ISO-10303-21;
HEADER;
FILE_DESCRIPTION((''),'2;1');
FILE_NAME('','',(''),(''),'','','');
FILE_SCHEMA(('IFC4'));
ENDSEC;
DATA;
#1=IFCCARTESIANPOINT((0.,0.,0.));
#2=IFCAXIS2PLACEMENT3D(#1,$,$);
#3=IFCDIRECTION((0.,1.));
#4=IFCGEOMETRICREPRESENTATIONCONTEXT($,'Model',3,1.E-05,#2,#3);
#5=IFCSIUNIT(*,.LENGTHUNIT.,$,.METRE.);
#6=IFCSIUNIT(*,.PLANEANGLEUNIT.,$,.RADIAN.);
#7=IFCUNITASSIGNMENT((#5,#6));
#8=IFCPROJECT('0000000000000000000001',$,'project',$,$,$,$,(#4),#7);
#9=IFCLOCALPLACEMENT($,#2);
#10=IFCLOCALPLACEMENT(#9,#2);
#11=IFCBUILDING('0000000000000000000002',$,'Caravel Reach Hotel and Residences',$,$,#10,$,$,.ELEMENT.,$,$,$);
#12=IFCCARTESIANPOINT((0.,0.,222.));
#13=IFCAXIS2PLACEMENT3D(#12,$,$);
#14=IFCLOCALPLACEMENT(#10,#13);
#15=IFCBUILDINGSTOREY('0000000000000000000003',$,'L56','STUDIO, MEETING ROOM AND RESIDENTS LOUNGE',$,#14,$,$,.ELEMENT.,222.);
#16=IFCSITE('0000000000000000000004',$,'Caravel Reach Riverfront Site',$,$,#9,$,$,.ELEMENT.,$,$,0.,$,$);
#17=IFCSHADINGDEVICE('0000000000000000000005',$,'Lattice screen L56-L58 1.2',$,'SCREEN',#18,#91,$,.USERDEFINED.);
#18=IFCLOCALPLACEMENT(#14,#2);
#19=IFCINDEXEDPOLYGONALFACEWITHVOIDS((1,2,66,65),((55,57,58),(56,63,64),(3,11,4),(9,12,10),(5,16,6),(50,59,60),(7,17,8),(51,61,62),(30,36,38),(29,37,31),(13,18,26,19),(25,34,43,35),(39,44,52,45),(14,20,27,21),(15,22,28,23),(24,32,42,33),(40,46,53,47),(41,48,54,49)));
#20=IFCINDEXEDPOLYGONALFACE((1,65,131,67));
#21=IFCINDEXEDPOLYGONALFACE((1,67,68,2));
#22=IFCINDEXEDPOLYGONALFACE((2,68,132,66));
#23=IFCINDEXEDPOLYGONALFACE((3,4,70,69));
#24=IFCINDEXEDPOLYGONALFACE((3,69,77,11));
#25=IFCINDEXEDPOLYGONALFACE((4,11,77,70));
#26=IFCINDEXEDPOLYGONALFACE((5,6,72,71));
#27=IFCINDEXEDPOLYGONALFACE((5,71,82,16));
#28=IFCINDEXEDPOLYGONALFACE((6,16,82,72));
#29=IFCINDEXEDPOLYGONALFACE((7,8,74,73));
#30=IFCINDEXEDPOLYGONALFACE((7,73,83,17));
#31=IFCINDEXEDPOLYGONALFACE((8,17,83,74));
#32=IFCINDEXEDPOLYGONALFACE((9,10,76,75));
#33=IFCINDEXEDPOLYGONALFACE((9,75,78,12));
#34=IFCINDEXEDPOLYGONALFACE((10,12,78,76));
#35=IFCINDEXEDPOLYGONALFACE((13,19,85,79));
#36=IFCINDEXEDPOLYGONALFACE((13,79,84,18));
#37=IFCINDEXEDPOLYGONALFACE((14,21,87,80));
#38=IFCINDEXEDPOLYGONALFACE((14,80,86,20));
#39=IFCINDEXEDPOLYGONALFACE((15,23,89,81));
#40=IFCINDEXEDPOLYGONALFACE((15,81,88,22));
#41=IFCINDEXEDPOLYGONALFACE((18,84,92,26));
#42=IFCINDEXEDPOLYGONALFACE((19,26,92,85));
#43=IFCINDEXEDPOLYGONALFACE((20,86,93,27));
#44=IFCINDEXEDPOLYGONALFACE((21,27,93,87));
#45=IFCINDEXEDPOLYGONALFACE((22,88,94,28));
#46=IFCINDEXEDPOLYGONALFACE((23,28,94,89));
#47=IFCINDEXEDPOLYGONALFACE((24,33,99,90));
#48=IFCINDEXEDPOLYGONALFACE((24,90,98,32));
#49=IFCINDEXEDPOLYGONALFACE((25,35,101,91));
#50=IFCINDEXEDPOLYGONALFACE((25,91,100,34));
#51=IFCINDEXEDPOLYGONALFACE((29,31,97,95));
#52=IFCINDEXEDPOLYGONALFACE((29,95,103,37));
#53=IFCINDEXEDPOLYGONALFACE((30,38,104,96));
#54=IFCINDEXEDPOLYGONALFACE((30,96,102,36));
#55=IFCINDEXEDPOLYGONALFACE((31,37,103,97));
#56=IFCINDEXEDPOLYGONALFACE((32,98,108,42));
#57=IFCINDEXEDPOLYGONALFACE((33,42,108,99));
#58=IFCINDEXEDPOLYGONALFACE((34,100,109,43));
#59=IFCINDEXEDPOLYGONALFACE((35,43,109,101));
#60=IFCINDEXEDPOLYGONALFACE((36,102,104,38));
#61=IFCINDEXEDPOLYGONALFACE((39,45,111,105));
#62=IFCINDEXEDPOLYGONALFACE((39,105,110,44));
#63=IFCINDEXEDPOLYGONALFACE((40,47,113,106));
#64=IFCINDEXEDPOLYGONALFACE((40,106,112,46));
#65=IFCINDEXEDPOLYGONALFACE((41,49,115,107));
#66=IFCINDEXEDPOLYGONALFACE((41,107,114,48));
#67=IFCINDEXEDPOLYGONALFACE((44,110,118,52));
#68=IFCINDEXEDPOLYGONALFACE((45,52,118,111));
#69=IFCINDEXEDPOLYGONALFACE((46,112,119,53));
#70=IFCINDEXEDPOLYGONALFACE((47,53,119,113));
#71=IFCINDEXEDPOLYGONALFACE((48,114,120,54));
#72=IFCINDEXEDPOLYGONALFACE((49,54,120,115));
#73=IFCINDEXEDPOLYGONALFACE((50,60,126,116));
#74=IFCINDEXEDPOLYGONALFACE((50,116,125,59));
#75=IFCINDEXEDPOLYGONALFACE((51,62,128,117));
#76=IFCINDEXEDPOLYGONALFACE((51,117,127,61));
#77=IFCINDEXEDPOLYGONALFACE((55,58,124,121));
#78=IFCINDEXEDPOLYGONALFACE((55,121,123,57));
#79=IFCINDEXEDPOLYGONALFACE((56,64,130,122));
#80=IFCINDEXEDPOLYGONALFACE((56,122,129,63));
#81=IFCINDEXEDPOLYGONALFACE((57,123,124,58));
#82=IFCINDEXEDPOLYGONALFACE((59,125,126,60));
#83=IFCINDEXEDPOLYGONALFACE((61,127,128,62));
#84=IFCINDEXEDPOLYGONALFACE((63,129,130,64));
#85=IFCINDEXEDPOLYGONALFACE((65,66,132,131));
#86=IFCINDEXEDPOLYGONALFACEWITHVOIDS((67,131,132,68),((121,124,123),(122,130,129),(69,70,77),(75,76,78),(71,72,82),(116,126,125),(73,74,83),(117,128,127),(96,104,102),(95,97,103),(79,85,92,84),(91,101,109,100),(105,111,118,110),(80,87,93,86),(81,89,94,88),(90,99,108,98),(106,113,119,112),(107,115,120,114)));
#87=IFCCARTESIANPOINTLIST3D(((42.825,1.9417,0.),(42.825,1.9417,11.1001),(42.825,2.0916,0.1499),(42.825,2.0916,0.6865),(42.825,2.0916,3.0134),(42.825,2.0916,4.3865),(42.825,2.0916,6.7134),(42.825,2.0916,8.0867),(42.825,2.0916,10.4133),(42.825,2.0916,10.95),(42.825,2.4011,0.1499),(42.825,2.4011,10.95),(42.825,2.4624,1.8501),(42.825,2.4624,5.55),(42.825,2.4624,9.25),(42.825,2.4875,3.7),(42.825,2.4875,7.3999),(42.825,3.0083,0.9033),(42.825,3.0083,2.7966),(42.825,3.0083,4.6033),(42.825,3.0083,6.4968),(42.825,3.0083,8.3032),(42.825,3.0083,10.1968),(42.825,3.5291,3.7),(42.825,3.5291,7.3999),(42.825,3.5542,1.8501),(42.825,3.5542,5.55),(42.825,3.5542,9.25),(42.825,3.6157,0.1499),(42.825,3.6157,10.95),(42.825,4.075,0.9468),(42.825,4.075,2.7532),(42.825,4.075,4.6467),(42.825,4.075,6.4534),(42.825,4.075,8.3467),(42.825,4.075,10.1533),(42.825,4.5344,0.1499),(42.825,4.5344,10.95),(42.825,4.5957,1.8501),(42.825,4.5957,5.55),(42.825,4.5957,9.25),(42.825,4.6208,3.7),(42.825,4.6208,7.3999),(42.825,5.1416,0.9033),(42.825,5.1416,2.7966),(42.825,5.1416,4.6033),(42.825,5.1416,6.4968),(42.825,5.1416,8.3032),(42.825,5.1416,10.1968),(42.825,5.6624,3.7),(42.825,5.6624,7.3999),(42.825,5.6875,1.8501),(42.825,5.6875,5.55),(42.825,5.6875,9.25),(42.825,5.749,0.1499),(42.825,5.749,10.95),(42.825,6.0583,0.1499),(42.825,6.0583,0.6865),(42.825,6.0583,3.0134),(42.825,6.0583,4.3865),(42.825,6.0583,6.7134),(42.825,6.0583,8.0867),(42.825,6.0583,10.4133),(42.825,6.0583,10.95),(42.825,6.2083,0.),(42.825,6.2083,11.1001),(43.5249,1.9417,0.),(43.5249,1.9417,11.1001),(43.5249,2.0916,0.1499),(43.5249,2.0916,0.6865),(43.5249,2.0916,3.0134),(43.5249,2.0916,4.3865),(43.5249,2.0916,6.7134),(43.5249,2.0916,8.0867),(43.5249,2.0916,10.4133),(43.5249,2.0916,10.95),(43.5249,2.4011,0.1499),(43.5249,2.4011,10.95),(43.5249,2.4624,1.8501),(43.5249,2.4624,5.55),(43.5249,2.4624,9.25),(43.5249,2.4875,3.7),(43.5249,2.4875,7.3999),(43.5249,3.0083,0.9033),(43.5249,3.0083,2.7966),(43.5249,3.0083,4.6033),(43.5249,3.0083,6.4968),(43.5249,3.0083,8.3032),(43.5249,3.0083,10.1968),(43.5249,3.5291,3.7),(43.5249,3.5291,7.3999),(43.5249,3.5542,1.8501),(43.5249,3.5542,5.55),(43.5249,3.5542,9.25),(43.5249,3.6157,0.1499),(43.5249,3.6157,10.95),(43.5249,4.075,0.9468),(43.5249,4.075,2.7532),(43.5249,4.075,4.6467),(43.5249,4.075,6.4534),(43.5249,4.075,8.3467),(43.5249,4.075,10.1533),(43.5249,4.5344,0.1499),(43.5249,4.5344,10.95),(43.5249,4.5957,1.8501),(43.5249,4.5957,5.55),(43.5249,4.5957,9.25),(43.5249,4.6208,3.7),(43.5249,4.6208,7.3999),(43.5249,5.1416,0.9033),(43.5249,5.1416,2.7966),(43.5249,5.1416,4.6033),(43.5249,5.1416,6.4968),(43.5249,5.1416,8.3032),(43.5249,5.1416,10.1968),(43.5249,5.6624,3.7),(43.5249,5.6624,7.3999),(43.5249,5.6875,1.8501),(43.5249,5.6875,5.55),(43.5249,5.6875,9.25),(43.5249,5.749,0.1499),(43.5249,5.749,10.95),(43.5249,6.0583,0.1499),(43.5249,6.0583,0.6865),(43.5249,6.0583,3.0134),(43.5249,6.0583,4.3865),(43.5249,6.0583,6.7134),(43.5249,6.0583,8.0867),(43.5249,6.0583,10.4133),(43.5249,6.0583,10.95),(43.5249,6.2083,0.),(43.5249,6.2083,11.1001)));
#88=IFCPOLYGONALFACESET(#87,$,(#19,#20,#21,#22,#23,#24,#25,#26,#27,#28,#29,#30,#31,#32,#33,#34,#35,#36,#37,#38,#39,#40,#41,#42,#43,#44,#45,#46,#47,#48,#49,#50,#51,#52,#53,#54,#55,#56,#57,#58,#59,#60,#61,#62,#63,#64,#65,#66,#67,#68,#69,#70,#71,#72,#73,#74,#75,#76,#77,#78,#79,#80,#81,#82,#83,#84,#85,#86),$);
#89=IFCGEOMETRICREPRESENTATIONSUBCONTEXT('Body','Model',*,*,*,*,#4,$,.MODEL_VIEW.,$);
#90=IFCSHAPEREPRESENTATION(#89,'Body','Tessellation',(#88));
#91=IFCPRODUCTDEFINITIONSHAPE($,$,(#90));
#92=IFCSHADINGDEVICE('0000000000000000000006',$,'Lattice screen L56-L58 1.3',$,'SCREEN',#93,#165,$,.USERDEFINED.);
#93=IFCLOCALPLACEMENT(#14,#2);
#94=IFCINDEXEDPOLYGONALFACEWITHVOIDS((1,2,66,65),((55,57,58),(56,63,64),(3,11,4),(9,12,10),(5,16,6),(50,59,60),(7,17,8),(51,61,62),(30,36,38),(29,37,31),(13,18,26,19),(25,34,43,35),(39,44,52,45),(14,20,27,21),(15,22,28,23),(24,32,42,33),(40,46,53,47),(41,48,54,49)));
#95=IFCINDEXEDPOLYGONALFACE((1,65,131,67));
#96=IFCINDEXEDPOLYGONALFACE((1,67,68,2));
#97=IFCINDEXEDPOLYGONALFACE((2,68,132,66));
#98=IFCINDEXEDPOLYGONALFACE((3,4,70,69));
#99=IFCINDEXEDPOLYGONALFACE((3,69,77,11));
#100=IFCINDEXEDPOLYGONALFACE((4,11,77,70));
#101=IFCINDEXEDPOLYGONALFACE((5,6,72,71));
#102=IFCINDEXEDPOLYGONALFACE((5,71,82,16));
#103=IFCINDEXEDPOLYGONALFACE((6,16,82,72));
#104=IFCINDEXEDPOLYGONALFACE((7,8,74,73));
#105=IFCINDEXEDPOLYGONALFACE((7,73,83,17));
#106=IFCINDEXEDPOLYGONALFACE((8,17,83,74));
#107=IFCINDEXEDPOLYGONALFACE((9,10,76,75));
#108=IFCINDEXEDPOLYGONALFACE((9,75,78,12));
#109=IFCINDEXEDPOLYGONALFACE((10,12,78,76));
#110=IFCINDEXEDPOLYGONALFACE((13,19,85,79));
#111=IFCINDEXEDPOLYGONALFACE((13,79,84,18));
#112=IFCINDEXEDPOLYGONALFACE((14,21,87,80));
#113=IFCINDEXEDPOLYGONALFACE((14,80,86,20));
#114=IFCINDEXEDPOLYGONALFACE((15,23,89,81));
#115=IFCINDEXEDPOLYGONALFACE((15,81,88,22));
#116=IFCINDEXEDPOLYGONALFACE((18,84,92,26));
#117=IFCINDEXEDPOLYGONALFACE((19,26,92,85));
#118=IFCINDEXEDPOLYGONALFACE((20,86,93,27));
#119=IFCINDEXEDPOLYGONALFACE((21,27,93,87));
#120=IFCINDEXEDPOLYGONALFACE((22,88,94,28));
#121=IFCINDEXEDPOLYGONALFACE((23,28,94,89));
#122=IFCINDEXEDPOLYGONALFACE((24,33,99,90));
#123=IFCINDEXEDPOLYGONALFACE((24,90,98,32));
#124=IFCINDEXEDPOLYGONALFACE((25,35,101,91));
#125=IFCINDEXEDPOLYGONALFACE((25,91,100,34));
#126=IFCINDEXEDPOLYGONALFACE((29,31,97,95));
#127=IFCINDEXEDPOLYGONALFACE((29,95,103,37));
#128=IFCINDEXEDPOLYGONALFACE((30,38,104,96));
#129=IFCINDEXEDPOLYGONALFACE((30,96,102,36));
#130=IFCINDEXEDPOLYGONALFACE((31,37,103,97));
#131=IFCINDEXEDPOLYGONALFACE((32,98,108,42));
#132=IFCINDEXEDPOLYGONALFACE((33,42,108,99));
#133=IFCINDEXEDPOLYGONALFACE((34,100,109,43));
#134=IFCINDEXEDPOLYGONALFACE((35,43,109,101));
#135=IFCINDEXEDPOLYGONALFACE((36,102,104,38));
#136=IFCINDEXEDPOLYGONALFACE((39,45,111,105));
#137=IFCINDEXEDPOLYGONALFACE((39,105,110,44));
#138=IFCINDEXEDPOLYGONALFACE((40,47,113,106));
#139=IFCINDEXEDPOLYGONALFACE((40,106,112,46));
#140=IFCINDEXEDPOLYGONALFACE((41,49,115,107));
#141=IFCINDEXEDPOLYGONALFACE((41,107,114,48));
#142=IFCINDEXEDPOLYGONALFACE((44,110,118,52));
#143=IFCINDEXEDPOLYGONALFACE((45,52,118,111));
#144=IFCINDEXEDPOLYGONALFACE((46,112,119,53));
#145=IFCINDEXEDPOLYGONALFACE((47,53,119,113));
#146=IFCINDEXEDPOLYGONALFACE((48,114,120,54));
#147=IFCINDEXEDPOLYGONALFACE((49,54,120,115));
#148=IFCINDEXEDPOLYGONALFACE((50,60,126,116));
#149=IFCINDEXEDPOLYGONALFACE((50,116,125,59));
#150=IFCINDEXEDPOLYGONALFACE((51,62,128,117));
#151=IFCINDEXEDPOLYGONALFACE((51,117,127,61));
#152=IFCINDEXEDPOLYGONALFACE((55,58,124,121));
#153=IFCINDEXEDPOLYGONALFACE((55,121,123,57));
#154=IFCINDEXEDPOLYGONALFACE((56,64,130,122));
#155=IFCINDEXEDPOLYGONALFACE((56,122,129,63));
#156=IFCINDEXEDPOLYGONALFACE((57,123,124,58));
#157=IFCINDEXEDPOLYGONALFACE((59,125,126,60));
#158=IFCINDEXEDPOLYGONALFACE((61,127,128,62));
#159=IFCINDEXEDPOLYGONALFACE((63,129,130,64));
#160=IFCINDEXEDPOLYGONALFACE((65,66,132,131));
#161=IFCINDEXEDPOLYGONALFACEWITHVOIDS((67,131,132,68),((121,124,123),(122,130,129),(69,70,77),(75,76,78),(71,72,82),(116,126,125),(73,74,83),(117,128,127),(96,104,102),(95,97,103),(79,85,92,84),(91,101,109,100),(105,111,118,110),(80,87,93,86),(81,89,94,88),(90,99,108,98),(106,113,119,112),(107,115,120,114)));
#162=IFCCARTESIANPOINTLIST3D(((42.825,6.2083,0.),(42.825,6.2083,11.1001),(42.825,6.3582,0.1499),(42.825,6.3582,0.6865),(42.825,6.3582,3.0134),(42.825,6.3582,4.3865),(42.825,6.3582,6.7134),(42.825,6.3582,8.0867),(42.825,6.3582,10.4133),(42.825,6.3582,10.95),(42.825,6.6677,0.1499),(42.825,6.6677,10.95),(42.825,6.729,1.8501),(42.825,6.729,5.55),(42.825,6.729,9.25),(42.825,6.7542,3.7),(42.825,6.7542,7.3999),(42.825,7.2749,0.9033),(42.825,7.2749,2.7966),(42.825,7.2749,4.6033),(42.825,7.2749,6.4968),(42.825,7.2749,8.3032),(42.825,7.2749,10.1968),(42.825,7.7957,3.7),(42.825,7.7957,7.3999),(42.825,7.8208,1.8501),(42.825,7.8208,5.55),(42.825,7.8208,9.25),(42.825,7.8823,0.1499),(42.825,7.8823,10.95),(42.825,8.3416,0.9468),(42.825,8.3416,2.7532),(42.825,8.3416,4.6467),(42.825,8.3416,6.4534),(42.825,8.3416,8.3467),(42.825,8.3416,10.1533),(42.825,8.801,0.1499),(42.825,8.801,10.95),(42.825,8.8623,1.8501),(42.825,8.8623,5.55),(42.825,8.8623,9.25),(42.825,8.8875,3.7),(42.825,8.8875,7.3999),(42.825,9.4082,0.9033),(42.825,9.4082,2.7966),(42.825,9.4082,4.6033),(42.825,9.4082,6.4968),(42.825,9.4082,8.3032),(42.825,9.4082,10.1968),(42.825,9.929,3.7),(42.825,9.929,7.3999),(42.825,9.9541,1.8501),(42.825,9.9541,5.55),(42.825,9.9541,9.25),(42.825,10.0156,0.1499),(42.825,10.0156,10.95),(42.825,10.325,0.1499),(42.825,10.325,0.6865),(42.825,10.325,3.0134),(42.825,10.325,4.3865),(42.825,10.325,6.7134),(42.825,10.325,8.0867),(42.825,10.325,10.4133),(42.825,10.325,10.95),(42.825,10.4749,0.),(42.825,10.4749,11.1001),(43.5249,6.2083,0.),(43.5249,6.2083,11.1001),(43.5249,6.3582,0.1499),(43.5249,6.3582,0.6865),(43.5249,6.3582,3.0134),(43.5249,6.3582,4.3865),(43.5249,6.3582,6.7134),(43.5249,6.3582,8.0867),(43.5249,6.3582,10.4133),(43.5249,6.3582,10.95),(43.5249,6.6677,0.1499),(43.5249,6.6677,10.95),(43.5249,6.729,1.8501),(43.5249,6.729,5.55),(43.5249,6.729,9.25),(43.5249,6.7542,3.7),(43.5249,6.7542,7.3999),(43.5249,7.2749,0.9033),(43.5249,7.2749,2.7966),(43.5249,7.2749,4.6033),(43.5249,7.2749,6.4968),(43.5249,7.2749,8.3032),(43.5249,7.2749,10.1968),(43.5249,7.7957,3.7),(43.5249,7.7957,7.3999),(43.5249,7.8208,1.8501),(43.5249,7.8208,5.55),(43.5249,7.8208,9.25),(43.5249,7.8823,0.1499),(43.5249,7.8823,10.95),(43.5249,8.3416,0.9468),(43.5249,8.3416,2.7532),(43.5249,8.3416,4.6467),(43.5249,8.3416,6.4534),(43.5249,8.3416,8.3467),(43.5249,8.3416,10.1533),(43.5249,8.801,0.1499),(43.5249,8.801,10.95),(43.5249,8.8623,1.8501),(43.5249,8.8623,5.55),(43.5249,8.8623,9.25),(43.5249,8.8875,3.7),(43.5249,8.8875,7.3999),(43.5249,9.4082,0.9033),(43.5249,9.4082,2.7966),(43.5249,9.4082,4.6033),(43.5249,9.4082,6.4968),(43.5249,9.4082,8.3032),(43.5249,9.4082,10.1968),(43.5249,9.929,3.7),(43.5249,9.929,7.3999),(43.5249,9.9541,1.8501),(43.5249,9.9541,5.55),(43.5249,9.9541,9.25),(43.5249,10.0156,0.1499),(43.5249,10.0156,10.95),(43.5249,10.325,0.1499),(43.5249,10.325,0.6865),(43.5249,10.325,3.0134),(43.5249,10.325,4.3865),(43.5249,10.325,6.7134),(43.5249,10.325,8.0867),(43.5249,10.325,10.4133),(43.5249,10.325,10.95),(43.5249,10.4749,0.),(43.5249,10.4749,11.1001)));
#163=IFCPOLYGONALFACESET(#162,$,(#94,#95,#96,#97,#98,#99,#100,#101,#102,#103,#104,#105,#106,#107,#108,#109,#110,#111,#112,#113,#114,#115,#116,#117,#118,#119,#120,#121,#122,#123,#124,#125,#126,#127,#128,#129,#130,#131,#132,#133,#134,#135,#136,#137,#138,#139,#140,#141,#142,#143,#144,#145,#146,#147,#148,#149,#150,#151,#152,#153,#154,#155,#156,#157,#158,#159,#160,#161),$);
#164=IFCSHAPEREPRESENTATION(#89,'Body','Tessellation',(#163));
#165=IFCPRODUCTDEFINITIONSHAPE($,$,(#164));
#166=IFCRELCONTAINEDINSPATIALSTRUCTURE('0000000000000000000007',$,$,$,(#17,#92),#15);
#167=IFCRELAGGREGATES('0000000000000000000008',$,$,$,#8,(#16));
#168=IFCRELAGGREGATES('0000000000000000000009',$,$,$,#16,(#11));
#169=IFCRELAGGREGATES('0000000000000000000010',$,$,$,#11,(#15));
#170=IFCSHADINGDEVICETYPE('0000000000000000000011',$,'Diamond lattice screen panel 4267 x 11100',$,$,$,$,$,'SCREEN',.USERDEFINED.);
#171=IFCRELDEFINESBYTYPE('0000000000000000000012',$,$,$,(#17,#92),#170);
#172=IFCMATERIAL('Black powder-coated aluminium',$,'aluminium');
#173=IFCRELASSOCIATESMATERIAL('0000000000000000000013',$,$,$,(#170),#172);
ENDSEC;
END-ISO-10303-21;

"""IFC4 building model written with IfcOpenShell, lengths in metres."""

from ifc_helpers import new_model, si_unit, direction, frame, origin, place, context, subcontext, project, spatial, polyline, outline, extrude, material, type_object, element, save


model = new_model("IFC4")

# Units and contexts
model_context = context("Model", 3, precision=1e-05, world=origin(), true_north=direction((0.0, 1.0)))
body_context = subcontext(model_context, "Body", "Model", "MODEL_VIEW")
ifc_project = project(units=[si_unit("LENGTHUNIT", "METRE"), si_unit("PLANEANGLEUNIT", "RADIAN")], contexts=[model_context])

# Site, building, storey
site_placement = place(None, origin())
site = spatial("IfcSite", under=ifc_project, at=site_placement, Name="Caravel Reach Riverfront Site", CompositionType="ELEMENT", RefElevation=0.0)
building_placement = place(site_placement, origin())
building = spatial("IfcBuilding", under=site, at=building_placement, Name="Caravel Reach Hotel and Residences", CompositionType="ELEMENT")
storey_placement = place(building_placement, frame((0.0, 0.0, 222.0)))
storey = spatial("IfcBuildingStorey", under=building, at=storey_placement, Name="L56", Description="STUDIO, MEETING ROOM AND RESIDENTS LOUNGE", CompositionType="ELEMENT", Elevation=222.0)

# Shading devices
ifc_material_1 = material(Name="Black powder-coated aluminium", Category="aluminium")
shading_device_type_1 = type_object("IfcShadingDeviceType", Name="Diamond lattice screen panel 4267 x 11100", ElementType="SCREEN", PredefinedType="USERDEFINED", material=ifc_material_1)
shading_device_1_placement = place(storey_placement, frame((42.825, 1.9417, 0.0), z_axis=(1.0, 0.0, 0.0), x_axis=(0.0, 1.0, 0.0)))
element("IfcShadingDevice", 1, at=shading_device_1_placement, inside=storey, type_object=shading_device_type_1, Name="Lattice screen L56-L58 1.2", ObjectType="SCREEN", PredefinedType="USERDEFINED", context=body_context, shape_type="SweptSolid", body=[
    extrude(outline(polyline([(0.0, 0.0), (4.2666, 0.0), (4.2666, 11.1001), (0.0, 11.1001), (0.0, 0.0)]), holes=[polyline([(0.4595, 0.1499), (0.1499, 0.6865), (0.1499, 0.1499), (0.4595, 0.1499)]), polyline([(0.5459, 3.7), (0.1499, 4.3865), (0.1499, 3.0134), (0.5459, 3.7)]), polyline([(0.5459, 7.3999), (0.1499, 8.0867), (0.1499, 6.7134), (0.5459, 7.3999)]), polyline([(0.1499, 10.4133), (0.4595, 10.95), (0.1499, 10.95), (0.1499, 10.4133)]), polyline([(1.0667, 2.7966), (0.5208, 1.8501), (1.0667, 0.9033), (1.6125, 1.8501), (1.0667, 2.7966)]), polyline([(1.0667, 6.4968), (0.5208, 5.55), (1.0667, 4.6033), (1.6125, 5.55), (1.0667, 6.4968)]), polyline([(1.0667, 10.1968), (0.5208, 9.25), (1.0667, 8.3032), (1.6125, 9.25), (1.0667, 10.1968)]), polyline([(2.1333, 0.9468), (1.6741, 0.1499), (2.5928, 0.1499), (2.1333, 0.9468)]), polyline([(2.1333, 4.6467), (1.5874, 3.7), (2.1333, 2.7532), (2.6792, 3.7), (2.1333, 4.6467)]), polyline([(2.1333, 8.3467), (1.5874, 7.3999), (2.1333, 6.4534), (2.6792, 7.3999), (2.1333, 8.3467)]), polyline([(2.1333, 10.1533), (2.5928, 10.95), (1.6741, 10.95), (2.1333, 10.1533)]), polyline([(3.2, 2.7966), (2.6541, 1.8501), (3.2, 0.9033), (3.7458, 1.8501), (3.2, 2.7966)]), polyline([(3.2, 6.4968), (2.6541, 5.55), (3.2, 4.6033), (3.7458, 5.55), (3.2, 6.4968)]), polyline([(3.2, 10.1968), (2.6541, 9.25), (3.2, 8.3032), (3.7458, 9.25), (3.2, 10.1968)]), polyline([(4.1167, 0.6865), (3.8074, 0.1499), (4.1167, 0.1499), (4.1167, 0.6865)]), polyline([(3.7207, 3.7), (4.1167, 3.0134), (4.1167, 4.3865), (3.7207, 3.7)]), polyline([(3.7207, 7.3999), (4.1167, 6.7134), (4.1167, 8.0867), (3.7207, 7.3999)]), polyline([(3.8074, 10.95), (4.1167, 10.4133), (4.1167, 10.95), (3.8074, 10.95)])]), origin(), (0.0, 0.0, 1.0), 0.7),
])
shading_device_2_placement = place(storey_placement, frame((42.825, 6.2083, 0.0), z_axis=(1.0, 0.0, 0.0), x_axis=(0.0, 1.0, 0.0)))
element("IfcShadingDevice", 2, at=shading_device_2_placement, inside=storey, type_object=shading_device_type_1, Name="Lattice screen L56-L58 1.3", ObjectType="SCREEN", PredefinedType="USERDEFINED", context=body_context, shape_type="SweptSolid", body=[
    extrude(outline(polyline([(0.0, 0.0), (4.2666, 0.0), (4.2666, 11.1001), (0.0, 11.1001), (0.0, 0.0)]), holes=[polyline([(0.4595, 0.1499), (0.1499, 0.6865), (0.1499, 0.1499), (0.4595, 0.1499)]), polyline([(0.5459, 3.7), (0.1499, 4.3865), (0.1499, 3.0134), (0.5459, 3.7)]), polyline([(0.5459, 7.3999), (0.1499, 8.0867), (0.1499, 6.7134), (0.5459, 7.3999)]), polyline([(0.1499, 10.4133), (0.4595, 10.95), (0.1499, 10.95), (0.1499, 10.4133)]), polyline([(1.0667, 2.7966), (0.5208, 1.8501), (1.0667, 0.9033), (1.6125, 1.8501), (1.0667, 2.7966)]), polyline([(1.0667, 6.4968), (0.5208, 5.55), (1.0667, 4.6033), (1.6125, 5.55), (1.0667, 6.4968)]), polyline([(1.0667, 10.1968), (0.5208, 9.25), (1.0667, 8.3032), (1.6125, 9.25), (1.0667, 10.1968)]), polyline([(2.1333, 0.9468), (1.6741, 0.1499), (2.5928, 0.1499), (2.1333, 0.9468)]), polyline([(2.1333, 4.6467), (1.5874, 3.7), (2.1333, 2.7532), (2.6792, 3.7), (2.1333, 4.6467)]), polyline([(2.1333, 8.3467), (1.5874, 7.3999), (2.1333, 6.4534), (2.6792, 7.3999), (2.1333, 8.3467)]), polyline([(2.1333, 10.1533), (2.5928, 10.95), (1.6741, 10.95), (2.1333, 10.1533)]), polyline([(3.2, 2.7966), (2.6541, 1.8501), (3.2, 0.9033), (3.7458, 1.8501), (3.2, 2.7966)]), polyline([(3.2, 6.4968), (2.6541, 5.55), (3.2, 4.6033), (3.7458, 5.55), (3.2, 6.4968)]), polyline([(3.2, 10.1968), (2.6541, 9.25), (3.2, 8.3032), (3.7458, 9.25), (3.2, 10.1968)]), polyline([(4.1167, 0.6865), (3.8074, 0.1499), (4.1167, 0.1499), (4.1167, 0.6865)]), polyline([(3.7207, 3.7), (4.1167, 3.0134), (4.1167, 4.3865), (3.7207, 3.7)]), polyline([(3.7207, 7.3999), (4.1167, 6.7134), (4.1167, 8.0867), (3.7207, 7.3999)]), polyline([(3.8074, 10.95), (4.1167, 10.4133), (4.1167, 10.95), (3.8074, 10.95)])]), origin(), (0.0, 0.0, 1.0), 0.7),
])

save(model, "model.ifc")
